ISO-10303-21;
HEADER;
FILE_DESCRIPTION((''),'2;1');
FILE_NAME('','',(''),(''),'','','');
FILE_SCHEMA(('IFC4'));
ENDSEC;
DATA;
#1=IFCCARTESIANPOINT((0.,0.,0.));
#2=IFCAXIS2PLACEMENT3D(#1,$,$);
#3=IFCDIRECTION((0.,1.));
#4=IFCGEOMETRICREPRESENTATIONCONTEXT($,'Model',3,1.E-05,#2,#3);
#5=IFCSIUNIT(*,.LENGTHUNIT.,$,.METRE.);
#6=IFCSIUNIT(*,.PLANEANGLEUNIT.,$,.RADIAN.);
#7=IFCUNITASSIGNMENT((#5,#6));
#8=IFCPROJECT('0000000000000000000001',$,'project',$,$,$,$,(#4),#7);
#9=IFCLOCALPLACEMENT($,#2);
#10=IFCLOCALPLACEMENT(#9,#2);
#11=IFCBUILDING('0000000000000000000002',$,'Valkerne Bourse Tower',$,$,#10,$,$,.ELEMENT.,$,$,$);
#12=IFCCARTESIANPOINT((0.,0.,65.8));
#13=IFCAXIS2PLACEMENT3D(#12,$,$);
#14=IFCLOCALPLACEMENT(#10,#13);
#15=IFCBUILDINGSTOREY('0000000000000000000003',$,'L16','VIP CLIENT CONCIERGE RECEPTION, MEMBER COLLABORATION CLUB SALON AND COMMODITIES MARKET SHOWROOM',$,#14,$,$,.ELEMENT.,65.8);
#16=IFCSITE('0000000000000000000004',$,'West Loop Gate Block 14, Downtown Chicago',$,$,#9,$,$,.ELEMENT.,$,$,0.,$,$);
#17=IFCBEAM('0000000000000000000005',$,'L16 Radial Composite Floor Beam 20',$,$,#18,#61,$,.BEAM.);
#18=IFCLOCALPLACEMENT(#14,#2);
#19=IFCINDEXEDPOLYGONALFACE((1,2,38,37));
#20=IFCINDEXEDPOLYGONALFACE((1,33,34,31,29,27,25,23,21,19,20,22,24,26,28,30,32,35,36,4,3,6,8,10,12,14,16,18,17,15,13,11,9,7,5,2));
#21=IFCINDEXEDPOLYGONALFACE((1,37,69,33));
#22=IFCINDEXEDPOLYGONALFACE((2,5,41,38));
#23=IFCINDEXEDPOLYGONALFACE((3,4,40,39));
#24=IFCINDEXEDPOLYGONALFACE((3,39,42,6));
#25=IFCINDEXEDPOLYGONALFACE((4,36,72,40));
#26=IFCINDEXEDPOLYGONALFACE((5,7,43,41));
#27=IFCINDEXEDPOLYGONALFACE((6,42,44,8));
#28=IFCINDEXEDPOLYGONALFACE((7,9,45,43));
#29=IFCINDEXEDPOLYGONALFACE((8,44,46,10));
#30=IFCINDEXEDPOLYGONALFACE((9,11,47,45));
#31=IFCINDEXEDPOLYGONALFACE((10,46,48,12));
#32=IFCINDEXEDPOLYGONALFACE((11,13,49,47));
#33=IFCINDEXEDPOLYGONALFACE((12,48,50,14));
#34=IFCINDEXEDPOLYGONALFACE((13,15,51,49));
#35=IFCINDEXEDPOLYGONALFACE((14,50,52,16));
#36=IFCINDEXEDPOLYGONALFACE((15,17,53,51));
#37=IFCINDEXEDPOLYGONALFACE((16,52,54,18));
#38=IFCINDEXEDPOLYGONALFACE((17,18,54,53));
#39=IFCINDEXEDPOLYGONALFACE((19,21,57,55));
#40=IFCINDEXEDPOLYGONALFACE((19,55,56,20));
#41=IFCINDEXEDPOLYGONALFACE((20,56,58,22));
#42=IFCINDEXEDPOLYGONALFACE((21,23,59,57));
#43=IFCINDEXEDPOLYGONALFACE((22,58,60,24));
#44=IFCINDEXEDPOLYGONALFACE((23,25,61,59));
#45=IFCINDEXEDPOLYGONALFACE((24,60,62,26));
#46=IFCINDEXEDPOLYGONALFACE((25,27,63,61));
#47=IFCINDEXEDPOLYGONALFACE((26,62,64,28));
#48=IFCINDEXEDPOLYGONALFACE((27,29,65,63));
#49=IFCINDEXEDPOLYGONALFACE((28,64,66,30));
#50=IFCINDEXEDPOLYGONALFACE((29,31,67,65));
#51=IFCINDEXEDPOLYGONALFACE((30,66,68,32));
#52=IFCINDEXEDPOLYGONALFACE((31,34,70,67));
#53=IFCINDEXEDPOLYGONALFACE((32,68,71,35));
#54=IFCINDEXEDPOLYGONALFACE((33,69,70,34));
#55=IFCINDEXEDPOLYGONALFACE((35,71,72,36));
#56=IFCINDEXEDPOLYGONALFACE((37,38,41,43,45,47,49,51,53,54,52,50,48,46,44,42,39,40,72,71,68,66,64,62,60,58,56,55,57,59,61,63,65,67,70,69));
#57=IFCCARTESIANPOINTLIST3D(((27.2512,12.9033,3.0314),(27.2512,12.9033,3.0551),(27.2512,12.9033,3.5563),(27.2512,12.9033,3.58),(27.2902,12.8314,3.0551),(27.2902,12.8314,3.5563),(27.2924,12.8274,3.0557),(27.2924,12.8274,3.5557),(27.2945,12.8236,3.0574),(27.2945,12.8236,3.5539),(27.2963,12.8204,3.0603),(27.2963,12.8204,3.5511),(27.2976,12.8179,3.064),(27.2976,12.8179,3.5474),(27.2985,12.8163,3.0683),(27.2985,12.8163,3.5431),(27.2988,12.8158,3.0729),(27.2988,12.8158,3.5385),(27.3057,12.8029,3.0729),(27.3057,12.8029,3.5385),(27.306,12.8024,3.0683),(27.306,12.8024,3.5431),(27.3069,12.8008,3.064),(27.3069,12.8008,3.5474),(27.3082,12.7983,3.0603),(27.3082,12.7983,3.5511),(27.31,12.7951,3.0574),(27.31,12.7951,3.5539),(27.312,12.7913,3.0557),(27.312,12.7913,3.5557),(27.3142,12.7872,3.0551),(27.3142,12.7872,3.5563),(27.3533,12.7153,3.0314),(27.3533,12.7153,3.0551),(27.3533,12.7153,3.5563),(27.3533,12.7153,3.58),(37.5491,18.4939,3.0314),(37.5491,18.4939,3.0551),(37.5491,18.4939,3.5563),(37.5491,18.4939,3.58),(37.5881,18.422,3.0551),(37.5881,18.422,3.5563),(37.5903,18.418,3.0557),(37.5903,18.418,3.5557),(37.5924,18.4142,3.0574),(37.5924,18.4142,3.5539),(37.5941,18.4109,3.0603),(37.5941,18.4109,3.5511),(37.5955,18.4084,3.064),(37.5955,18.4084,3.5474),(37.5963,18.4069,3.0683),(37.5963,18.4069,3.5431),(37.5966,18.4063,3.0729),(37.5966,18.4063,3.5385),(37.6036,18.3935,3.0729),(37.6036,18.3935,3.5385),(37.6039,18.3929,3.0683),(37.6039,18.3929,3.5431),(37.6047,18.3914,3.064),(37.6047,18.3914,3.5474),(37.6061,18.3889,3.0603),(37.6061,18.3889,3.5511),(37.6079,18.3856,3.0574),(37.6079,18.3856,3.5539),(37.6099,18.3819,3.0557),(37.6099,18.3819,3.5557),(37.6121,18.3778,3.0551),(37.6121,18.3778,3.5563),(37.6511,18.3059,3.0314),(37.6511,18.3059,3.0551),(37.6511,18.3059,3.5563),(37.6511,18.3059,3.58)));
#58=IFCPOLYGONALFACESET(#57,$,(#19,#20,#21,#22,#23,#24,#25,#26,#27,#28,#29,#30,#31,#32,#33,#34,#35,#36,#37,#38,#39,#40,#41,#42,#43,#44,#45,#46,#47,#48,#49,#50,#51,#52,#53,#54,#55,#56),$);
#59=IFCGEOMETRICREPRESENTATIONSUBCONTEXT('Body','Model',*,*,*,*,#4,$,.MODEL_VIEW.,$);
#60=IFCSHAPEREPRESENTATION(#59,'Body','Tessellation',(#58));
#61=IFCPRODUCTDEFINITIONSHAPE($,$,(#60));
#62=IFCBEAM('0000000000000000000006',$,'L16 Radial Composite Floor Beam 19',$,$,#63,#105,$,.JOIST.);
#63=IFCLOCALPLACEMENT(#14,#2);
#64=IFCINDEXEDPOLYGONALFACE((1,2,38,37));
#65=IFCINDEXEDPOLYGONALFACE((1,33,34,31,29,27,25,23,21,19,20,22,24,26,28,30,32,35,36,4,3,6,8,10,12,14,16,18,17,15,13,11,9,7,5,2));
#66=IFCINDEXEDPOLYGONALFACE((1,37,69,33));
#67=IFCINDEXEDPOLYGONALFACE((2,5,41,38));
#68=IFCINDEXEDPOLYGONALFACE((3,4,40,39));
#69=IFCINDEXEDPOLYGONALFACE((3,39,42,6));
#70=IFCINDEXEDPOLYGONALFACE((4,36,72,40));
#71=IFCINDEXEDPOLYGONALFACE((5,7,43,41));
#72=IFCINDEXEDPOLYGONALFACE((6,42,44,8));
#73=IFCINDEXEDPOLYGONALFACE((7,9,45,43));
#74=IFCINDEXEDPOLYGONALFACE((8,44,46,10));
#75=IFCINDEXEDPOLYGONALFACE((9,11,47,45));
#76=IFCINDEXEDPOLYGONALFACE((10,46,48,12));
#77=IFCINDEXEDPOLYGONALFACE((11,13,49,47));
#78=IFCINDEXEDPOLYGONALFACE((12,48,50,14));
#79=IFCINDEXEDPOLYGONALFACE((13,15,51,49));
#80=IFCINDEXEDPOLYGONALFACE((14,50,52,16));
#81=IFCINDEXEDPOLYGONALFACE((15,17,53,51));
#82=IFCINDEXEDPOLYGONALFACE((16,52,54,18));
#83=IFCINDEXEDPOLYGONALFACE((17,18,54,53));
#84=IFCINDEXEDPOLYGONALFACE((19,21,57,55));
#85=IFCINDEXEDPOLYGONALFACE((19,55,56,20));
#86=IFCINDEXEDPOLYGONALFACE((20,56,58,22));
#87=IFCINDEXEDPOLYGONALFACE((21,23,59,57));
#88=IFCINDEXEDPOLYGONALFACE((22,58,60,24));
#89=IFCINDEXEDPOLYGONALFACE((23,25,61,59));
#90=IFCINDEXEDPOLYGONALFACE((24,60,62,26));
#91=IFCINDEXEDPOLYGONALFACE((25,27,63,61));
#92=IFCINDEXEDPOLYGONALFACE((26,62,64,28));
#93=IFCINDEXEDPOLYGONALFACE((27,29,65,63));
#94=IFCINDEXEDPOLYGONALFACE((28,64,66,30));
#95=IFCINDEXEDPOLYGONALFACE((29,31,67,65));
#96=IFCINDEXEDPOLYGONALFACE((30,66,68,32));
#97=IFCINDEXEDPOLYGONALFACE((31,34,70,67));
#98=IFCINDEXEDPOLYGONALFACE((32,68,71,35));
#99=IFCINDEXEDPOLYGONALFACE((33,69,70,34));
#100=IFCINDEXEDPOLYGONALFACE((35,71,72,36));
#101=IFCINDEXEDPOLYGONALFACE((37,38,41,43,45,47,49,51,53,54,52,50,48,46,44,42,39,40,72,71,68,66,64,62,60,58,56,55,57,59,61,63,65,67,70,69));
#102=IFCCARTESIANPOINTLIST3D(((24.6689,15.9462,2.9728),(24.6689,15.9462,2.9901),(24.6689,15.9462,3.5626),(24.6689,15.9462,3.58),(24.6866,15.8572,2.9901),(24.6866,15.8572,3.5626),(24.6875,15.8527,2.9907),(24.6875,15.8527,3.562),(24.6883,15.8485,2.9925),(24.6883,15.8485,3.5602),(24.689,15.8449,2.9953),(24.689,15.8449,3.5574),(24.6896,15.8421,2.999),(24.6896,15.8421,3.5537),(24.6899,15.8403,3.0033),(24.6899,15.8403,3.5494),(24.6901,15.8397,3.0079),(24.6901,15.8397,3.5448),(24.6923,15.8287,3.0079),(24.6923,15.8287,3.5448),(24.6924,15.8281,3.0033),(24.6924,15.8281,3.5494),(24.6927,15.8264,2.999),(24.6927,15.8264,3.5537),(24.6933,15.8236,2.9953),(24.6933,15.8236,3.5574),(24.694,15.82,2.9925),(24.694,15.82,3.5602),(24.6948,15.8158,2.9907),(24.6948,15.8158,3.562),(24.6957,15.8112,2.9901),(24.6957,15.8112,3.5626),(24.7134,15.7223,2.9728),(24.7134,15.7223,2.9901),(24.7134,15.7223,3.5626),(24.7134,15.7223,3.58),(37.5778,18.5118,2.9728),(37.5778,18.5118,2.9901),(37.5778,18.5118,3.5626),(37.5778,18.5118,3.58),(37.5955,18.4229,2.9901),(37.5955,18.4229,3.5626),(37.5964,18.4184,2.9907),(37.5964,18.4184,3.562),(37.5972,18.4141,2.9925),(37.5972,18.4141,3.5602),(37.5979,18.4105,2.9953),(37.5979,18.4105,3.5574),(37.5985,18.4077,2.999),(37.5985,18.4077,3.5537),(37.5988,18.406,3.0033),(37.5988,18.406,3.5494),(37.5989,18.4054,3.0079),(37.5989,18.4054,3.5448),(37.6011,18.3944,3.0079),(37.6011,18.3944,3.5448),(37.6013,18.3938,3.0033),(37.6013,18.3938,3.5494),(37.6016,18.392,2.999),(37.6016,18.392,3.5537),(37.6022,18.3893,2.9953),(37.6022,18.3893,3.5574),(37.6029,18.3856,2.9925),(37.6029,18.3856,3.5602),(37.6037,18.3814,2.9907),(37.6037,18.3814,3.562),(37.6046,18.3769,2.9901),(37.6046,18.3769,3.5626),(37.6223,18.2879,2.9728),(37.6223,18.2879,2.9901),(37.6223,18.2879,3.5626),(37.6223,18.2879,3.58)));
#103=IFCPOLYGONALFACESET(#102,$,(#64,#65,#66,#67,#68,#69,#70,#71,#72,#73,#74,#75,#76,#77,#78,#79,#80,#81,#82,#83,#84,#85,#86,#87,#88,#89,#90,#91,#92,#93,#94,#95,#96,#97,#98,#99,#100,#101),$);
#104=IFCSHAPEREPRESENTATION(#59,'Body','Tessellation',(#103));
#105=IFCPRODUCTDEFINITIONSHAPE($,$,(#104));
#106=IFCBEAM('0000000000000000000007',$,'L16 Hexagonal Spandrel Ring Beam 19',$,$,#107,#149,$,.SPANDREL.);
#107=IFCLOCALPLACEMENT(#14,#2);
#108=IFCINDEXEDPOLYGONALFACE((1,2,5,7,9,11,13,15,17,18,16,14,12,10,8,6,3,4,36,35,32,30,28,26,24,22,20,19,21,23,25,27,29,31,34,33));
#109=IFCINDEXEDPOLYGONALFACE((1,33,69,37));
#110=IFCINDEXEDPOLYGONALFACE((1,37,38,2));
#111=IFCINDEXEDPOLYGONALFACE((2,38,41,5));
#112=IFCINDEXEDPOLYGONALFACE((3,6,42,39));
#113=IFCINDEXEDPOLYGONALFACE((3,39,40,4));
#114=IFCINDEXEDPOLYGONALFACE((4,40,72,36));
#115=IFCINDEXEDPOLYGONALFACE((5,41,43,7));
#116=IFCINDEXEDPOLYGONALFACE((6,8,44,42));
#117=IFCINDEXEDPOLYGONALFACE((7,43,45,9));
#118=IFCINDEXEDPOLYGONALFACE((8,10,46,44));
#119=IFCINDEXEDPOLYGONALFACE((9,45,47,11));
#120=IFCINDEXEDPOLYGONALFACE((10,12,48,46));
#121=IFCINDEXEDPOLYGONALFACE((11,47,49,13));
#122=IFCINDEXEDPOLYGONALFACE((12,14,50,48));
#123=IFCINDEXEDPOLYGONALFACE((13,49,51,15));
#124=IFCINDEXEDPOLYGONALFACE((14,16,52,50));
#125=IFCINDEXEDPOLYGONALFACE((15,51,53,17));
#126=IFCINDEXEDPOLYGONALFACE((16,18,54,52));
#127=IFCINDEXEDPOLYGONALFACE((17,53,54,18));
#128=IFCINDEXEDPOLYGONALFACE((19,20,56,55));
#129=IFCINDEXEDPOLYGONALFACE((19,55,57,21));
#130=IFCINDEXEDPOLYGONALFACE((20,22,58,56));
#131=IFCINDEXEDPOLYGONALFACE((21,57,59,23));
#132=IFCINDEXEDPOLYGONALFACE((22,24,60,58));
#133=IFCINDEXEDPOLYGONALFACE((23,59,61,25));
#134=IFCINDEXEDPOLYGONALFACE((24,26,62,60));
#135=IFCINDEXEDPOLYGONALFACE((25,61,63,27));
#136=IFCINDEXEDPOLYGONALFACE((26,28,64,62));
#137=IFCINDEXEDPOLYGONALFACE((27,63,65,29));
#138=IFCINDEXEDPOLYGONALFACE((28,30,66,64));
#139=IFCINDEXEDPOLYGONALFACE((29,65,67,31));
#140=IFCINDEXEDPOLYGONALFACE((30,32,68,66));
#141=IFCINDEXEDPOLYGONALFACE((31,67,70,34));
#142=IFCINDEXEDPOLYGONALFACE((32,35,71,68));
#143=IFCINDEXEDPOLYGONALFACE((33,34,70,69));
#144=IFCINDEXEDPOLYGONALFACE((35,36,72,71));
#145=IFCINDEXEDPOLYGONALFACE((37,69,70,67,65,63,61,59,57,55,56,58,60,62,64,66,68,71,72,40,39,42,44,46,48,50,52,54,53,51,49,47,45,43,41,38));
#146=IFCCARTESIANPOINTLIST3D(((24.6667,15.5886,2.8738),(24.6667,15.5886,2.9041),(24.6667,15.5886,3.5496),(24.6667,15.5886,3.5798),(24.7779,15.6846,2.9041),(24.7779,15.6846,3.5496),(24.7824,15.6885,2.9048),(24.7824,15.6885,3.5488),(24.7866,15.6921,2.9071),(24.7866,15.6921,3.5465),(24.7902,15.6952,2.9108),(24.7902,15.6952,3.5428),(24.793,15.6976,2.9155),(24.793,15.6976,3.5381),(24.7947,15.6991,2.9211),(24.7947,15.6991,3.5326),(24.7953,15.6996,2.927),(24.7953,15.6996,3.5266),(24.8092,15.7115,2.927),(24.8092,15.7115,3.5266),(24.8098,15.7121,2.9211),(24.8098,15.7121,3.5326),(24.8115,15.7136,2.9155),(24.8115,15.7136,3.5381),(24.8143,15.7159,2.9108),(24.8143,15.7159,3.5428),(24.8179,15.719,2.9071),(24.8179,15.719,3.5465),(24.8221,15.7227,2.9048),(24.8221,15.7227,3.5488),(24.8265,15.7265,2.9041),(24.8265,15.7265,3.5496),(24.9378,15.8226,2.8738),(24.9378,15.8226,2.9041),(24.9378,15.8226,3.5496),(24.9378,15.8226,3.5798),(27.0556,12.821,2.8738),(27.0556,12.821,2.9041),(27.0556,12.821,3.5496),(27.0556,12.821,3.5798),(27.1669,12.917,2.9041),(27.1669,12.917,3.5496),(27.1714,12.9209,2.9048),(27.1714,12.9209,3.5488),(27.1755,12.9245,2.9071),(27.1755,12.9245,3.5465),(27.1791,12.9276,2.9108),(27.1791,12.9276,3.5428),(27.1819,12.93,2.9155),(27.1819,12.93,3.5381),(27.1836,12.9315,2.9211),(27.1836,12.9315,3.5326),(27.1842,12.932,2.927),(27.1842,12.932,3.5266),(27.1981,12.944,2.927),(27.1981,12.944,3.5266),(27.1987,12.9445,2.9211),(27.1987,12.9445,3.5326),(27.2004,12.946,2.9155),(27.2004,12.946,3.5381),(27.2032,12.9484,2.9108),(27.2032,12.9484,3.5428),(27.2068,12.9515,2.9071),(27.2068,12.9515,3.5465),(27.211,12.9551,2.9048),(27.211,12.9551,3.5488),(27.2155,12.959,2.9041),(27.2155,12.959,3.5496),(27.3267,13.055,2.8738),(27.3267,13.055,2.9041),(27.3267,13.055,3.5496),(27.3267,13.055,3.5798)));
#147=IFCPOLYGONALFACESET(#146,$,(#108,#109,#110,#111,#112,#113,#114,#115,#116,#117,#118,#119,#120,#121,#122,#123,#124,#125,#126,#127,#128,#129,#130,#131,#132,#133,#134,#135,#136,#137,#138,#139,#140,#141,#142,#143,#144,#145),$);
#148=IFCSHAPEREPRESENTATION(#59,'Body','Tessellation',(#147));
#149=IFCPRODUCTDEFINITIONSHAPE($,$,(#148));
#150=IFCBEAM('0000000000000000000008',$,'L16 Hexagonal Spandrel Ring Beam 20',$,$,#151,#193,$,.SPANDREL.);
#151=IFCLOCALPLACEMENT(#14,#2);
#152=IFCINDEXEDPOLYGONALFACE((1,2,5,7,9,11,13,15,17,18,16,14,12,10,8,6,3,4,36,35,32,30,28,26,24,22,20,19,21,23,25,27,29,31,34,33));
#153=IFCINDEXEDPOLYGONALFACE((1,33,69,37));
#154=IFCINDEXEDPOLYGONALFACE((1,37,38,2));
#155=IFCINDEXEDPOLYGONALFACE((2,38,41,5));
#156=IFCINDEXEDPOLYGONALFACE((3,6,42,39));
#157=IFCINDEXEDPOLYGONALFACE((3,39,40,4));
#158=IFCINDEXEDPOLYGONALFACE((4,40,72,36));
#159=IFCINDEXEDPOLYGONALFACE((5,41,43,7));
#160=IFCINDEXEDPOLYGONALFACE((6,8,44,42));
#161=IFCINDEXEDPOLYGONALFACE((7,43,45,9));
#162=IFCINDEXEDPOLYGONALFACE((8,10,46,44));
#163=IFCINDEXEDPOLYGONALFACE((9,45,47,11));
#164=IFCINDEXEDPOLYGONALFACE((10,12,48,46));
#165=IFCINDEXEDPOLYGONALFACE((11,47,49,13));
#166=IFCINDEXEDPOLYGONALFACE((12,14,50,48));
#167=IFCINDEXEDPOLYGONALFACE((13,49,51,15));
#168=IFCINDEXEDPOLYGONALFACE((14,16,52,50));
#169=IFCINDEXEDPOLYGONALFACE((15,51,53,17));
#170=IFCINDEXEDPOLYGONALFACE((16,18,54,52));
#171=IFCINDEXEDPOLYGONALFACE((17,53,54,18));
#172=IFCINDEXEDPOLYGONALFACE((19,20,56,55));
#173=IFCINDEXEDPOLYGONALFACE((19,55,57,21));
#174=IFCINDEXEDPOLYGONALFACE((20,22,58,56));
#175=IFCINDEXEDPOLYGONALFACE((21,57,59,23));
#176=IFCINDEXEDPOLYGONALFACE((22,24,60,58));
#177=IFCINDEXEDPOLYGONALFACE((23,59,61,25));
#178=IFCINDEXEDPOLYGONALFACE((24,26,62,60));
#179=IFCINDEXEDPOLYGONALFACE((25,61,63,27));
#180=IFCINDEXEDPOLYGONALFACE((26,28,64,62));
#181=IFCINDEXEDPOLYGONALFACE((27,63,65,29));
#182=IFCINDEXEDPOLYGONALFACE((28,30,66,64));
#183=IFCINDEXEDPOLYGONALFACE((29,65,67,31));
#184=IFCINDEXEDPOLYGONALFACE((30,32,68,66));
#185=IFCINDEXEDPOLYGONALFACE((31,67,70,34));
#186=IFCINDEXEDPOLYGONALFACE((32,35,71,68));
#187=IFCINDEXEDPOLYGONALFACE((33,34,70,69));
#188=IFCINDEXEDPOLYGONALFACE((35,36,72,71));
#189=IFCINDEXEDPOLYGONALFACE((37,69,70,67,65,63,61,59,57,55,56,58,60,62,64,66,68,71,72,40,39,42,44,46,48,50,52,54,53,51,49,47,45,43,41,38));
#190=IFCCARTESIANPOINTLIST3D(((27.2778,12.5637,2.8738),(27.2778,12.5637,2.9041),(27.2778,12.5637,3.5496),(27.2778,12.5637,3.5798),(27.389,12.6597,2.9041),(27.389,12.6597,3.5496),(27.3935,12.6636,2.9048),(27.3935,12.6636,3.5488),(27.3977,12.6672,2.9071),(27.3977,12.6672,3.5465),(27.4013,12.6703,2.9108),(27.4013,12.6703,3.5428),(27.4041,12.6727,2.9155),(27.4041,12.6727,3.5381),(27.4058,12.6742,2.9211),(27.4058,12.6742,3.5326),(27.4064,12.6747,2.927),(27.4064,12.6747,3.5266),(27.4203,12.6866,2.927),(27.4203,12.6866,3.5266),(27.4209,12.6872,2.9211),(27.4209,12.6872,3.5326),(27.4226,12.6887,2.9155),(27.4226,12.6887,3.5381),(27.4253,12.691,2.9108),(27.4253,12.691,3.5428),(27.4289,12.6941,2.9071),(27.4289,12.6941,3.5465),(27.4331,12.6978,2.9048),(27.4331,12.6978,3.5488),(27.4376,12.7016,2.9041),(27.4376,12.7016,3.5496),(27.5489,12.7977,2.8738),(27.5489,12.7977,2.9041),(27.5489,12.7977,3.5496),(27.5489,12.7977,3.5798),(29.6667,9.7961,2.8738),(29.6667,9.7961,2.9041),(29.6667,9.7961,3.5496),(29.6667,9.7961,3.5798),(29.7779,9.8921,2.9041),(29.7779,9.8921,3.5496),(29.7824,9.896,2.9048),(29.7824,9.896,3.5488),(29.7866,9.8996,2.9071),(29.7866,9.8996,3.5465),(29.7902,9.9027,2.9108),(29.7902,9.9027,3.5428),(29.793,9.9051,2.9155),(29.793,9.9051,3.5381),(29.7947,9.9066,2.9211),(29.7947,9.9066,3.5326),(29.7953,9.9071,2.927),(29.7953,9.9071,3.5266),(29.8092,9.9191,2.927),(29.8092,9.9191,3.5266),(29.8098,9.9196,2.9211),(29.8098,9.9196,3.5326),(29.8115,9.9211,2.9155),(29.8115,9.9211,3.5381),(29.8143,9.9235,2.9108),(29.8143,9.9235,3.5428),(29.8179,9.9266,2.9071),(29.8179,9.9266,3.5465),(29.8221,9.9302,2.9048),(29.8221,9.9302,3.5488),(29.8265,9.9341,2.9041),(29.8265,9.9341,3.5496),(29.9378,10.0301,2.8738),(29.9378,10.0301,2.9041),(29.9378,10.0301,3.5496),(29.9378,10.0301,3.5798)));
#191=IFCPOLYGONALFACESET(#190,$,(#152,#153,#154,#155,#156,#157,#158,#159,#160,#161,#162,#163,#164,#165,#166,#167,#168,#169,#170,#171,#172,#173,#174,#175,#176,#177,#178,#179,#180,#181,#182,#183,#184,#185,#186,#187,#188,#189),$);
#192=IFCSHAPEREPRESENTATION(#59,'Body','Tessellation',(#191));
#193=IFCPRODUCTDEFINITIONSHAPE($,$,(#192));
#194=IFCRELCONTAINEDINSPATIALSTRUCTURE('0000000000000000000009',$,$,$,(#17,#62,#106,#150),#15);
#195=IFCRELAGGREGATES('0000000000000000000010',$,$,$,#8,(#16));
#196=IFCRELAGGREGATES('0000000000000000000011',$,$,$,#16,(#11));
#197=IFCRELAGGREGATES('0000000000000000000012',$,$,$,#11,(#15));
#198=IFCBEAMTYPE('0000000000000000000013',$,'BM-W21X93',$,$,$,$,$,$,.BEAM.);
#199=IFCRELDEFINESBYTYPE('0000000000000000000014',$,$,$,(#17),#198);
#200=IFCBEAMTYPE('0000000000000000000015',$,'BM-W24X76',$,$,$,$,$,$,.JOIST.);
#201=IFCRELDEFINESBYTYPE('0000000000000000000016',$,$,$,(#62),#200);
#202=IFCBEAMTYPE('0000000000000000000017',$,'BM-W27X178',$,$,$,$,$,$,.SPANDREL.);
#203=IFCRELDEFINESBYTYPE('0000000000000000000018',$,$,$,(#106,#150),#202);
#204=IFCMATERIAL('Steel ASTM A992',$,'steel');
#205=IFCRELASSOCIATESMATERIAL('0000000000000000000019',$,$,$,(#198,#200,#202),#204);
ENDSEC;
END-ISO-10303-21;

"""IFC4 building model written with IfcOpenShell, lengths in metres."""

from ifc_helpers import new_model, si_unit, direction, frame, origin, origin_2d, place, context, subcontext, project, spatial, i_section, extrude, material, material_profile, profile_set, type_object, element, save


model = new_model("IFC4")

# Units and contexts
model_context = context("Model", 3, precision=1e-05, world=origin(), true_north=direction((0.0, 1.0)))
body_context = subcontext(model_context, "Body", "Model", "MODEL_VIEW")
ifc_project = project(units=[si_unit("LENGTHUNIT", "METRE"), si_unit("PLANEANGLEUNIT", "RADIAN")], contexts=[model_context])

# Site, building, storey
site_placement = place(None, origin())
site = spatial("IfcSite", under=ifc_project, at=site_placement, Name="West Loop Gate Block 14, Downtown Chicago", CompositionType="ELEMENT", RefElevation=0.0)
building_placement = place(site_placement, origin())
building = spatial("IfcBuilding", under=site, at=building_placement, Name="Valkerne Bourse Tower", CompositionType="ELEMENT")
storey_placement = place(building_placement, frame((0.0, 0.0, 65.8)))
storey = spatial("IfcBuildingStorey", under=building, at=storey_placement, Name="L16", Description="VIP CLIENT CONCIERGE RECEPTION, MEMBER COLLABORATION CLUB SALON AND COMMODITIES MARKET SHOWROOM", CompositionType="ELEMENT", Elevation=65.8)

# Beams
ifc_material_1 = material(Name="Steel ASTM A992", Category="steel")
ifc_material_profile_1 = material_profile(ifc_material_1, i_section(OverallWidth=0.2139, OverallDepth=0.5486, WebThickness=0.0146, FlangeThickness=0.0237, FilletRadius=0.0178, at=origin_2d()), Name="W21X93")
ifc_profile_set_1 = profile_set([ifc_material_profile_1], Name="Steel ASTM A992")
beam_type_1 = type_object("IfcBeamType", Name="BM-W21X93", PredefinedType="BEAM", material=ifc_profile_set_1)
beam_1_placement = place(storey_placement, frame((27.3022, 12.8093, 3.3057), z_axis=(0.878842, 0.477113, 0.0), x_axis=(-0.477113, 0.878842, 0.0)))
element("IfcBeam", 1, at=beam_1_placement, inside=storey, type_object=beam_type_1, Name="L16 Radial Composite Floor Beam 20", PredefinedType="BEAM", context=body_context, shape_type="SweptSolid", body=[
    extrude(i_section(OverallWidth=0.2139, OverallDepth=0.5486, WebThickness=0.0146, FlangeThickness=0.0237, FilletRadius=0.0178, at=origin_2d()), origin(), (0.0, 0.0, 1.0), 11.7175),
])
ifc_material_profile_2 = material_profile(ifc_material_1, i_section(OverallWidth=0.2283, OverallDepth=0.6072, WebThickness=0.0112, FlangeThickness=0.0173, FilletRadius=0.0178, at=origin_2d()), Name="W24X76")
ifc_profile_set_2 = profile_set([ifc_material_profile_2], Name="Steel ASTM A992")
beam_type_2 = type_object("IfcBeamType", Name="BM-W24X76", PredefinedType="JOIST", material=ifc_profile_set_2)
beam_2_placement = place(storey_placement, frame((24.6912, 15.8342, 3.2764), z_axis=(0.980815, 0.194939, 0.0), x_axis=(-0.194939, 0.980815, 0.0)))
element("IfcBeam", 2, at=beam_2_placement, inside=storey, type_object=beam_type_2, Name="L16 Radial Composite Floor Beam 19", PredefinedType="JOIST", context=body_context, shape_type="SweptSolid", body=[
    extrude(i_section(OverallWidth=0.2283, OverallDepth=0.6072, WebThickness=0.0112, FlangeThickness=0.0173, FilletRadius=0.0178, at=origin_2d()), origin(), (0.0, 0.0, 1.0), 13.1614),
])
ifc_material_profile_3 = material_profile(ifc_material_1, i_section(OverallWidth=0.3582, OverallDepth=0.7061, WebThickness=0.0183, FlangeThickness=0.0303, FilletRadius=0.0229, at=origin_2d()), Name="W27X178")
ifc_profile_set_3 = profile_set([ifc_material_profile_3], Name="Steel ASTM A992")
beam_type_3 = type_object("IfcBeamType", Name="BM-W27X178", PredefinedType="SPANDREL", material=ifc_profile_set_3)
for number, where, z_axis, x_axis, name in (
    (3, (24.8022, 15.7056, 3.2268), (0.653422, -0.756994, 0.0), (0.756994, 0.653422, 0.0), "L16 Hexagonal Spandrel Ring Beam 19"),
    (4, (27.4133, 12.6807, 3.2268), (0.653422, -0.756994, 0.0), (0.756994, 0.653422, 0.0), "L16 Hexagonal Spandrel Ring Beam 20"),
):
    element("IfcBeam", number, at=place(storey_placement, frame(where, z_axis=z_axis, x_axis=x_axis)), inside=storey, type_object=beam_type_3, Name=name, PredefinedType="SPANDREL", context=body_context, shape_type="SweptSolid", body=[
        extrude(i_section(OverallWidth=0.3582, OverallDepth=0.7061, WebThickness=0.0183, FlangeThickness=0.0303, FilletRadius=0.0229, at=origin_2d()), origin(), (0.0, 0.0, 1.0), 3.656),
    ])

save(model, "model.ifc")
